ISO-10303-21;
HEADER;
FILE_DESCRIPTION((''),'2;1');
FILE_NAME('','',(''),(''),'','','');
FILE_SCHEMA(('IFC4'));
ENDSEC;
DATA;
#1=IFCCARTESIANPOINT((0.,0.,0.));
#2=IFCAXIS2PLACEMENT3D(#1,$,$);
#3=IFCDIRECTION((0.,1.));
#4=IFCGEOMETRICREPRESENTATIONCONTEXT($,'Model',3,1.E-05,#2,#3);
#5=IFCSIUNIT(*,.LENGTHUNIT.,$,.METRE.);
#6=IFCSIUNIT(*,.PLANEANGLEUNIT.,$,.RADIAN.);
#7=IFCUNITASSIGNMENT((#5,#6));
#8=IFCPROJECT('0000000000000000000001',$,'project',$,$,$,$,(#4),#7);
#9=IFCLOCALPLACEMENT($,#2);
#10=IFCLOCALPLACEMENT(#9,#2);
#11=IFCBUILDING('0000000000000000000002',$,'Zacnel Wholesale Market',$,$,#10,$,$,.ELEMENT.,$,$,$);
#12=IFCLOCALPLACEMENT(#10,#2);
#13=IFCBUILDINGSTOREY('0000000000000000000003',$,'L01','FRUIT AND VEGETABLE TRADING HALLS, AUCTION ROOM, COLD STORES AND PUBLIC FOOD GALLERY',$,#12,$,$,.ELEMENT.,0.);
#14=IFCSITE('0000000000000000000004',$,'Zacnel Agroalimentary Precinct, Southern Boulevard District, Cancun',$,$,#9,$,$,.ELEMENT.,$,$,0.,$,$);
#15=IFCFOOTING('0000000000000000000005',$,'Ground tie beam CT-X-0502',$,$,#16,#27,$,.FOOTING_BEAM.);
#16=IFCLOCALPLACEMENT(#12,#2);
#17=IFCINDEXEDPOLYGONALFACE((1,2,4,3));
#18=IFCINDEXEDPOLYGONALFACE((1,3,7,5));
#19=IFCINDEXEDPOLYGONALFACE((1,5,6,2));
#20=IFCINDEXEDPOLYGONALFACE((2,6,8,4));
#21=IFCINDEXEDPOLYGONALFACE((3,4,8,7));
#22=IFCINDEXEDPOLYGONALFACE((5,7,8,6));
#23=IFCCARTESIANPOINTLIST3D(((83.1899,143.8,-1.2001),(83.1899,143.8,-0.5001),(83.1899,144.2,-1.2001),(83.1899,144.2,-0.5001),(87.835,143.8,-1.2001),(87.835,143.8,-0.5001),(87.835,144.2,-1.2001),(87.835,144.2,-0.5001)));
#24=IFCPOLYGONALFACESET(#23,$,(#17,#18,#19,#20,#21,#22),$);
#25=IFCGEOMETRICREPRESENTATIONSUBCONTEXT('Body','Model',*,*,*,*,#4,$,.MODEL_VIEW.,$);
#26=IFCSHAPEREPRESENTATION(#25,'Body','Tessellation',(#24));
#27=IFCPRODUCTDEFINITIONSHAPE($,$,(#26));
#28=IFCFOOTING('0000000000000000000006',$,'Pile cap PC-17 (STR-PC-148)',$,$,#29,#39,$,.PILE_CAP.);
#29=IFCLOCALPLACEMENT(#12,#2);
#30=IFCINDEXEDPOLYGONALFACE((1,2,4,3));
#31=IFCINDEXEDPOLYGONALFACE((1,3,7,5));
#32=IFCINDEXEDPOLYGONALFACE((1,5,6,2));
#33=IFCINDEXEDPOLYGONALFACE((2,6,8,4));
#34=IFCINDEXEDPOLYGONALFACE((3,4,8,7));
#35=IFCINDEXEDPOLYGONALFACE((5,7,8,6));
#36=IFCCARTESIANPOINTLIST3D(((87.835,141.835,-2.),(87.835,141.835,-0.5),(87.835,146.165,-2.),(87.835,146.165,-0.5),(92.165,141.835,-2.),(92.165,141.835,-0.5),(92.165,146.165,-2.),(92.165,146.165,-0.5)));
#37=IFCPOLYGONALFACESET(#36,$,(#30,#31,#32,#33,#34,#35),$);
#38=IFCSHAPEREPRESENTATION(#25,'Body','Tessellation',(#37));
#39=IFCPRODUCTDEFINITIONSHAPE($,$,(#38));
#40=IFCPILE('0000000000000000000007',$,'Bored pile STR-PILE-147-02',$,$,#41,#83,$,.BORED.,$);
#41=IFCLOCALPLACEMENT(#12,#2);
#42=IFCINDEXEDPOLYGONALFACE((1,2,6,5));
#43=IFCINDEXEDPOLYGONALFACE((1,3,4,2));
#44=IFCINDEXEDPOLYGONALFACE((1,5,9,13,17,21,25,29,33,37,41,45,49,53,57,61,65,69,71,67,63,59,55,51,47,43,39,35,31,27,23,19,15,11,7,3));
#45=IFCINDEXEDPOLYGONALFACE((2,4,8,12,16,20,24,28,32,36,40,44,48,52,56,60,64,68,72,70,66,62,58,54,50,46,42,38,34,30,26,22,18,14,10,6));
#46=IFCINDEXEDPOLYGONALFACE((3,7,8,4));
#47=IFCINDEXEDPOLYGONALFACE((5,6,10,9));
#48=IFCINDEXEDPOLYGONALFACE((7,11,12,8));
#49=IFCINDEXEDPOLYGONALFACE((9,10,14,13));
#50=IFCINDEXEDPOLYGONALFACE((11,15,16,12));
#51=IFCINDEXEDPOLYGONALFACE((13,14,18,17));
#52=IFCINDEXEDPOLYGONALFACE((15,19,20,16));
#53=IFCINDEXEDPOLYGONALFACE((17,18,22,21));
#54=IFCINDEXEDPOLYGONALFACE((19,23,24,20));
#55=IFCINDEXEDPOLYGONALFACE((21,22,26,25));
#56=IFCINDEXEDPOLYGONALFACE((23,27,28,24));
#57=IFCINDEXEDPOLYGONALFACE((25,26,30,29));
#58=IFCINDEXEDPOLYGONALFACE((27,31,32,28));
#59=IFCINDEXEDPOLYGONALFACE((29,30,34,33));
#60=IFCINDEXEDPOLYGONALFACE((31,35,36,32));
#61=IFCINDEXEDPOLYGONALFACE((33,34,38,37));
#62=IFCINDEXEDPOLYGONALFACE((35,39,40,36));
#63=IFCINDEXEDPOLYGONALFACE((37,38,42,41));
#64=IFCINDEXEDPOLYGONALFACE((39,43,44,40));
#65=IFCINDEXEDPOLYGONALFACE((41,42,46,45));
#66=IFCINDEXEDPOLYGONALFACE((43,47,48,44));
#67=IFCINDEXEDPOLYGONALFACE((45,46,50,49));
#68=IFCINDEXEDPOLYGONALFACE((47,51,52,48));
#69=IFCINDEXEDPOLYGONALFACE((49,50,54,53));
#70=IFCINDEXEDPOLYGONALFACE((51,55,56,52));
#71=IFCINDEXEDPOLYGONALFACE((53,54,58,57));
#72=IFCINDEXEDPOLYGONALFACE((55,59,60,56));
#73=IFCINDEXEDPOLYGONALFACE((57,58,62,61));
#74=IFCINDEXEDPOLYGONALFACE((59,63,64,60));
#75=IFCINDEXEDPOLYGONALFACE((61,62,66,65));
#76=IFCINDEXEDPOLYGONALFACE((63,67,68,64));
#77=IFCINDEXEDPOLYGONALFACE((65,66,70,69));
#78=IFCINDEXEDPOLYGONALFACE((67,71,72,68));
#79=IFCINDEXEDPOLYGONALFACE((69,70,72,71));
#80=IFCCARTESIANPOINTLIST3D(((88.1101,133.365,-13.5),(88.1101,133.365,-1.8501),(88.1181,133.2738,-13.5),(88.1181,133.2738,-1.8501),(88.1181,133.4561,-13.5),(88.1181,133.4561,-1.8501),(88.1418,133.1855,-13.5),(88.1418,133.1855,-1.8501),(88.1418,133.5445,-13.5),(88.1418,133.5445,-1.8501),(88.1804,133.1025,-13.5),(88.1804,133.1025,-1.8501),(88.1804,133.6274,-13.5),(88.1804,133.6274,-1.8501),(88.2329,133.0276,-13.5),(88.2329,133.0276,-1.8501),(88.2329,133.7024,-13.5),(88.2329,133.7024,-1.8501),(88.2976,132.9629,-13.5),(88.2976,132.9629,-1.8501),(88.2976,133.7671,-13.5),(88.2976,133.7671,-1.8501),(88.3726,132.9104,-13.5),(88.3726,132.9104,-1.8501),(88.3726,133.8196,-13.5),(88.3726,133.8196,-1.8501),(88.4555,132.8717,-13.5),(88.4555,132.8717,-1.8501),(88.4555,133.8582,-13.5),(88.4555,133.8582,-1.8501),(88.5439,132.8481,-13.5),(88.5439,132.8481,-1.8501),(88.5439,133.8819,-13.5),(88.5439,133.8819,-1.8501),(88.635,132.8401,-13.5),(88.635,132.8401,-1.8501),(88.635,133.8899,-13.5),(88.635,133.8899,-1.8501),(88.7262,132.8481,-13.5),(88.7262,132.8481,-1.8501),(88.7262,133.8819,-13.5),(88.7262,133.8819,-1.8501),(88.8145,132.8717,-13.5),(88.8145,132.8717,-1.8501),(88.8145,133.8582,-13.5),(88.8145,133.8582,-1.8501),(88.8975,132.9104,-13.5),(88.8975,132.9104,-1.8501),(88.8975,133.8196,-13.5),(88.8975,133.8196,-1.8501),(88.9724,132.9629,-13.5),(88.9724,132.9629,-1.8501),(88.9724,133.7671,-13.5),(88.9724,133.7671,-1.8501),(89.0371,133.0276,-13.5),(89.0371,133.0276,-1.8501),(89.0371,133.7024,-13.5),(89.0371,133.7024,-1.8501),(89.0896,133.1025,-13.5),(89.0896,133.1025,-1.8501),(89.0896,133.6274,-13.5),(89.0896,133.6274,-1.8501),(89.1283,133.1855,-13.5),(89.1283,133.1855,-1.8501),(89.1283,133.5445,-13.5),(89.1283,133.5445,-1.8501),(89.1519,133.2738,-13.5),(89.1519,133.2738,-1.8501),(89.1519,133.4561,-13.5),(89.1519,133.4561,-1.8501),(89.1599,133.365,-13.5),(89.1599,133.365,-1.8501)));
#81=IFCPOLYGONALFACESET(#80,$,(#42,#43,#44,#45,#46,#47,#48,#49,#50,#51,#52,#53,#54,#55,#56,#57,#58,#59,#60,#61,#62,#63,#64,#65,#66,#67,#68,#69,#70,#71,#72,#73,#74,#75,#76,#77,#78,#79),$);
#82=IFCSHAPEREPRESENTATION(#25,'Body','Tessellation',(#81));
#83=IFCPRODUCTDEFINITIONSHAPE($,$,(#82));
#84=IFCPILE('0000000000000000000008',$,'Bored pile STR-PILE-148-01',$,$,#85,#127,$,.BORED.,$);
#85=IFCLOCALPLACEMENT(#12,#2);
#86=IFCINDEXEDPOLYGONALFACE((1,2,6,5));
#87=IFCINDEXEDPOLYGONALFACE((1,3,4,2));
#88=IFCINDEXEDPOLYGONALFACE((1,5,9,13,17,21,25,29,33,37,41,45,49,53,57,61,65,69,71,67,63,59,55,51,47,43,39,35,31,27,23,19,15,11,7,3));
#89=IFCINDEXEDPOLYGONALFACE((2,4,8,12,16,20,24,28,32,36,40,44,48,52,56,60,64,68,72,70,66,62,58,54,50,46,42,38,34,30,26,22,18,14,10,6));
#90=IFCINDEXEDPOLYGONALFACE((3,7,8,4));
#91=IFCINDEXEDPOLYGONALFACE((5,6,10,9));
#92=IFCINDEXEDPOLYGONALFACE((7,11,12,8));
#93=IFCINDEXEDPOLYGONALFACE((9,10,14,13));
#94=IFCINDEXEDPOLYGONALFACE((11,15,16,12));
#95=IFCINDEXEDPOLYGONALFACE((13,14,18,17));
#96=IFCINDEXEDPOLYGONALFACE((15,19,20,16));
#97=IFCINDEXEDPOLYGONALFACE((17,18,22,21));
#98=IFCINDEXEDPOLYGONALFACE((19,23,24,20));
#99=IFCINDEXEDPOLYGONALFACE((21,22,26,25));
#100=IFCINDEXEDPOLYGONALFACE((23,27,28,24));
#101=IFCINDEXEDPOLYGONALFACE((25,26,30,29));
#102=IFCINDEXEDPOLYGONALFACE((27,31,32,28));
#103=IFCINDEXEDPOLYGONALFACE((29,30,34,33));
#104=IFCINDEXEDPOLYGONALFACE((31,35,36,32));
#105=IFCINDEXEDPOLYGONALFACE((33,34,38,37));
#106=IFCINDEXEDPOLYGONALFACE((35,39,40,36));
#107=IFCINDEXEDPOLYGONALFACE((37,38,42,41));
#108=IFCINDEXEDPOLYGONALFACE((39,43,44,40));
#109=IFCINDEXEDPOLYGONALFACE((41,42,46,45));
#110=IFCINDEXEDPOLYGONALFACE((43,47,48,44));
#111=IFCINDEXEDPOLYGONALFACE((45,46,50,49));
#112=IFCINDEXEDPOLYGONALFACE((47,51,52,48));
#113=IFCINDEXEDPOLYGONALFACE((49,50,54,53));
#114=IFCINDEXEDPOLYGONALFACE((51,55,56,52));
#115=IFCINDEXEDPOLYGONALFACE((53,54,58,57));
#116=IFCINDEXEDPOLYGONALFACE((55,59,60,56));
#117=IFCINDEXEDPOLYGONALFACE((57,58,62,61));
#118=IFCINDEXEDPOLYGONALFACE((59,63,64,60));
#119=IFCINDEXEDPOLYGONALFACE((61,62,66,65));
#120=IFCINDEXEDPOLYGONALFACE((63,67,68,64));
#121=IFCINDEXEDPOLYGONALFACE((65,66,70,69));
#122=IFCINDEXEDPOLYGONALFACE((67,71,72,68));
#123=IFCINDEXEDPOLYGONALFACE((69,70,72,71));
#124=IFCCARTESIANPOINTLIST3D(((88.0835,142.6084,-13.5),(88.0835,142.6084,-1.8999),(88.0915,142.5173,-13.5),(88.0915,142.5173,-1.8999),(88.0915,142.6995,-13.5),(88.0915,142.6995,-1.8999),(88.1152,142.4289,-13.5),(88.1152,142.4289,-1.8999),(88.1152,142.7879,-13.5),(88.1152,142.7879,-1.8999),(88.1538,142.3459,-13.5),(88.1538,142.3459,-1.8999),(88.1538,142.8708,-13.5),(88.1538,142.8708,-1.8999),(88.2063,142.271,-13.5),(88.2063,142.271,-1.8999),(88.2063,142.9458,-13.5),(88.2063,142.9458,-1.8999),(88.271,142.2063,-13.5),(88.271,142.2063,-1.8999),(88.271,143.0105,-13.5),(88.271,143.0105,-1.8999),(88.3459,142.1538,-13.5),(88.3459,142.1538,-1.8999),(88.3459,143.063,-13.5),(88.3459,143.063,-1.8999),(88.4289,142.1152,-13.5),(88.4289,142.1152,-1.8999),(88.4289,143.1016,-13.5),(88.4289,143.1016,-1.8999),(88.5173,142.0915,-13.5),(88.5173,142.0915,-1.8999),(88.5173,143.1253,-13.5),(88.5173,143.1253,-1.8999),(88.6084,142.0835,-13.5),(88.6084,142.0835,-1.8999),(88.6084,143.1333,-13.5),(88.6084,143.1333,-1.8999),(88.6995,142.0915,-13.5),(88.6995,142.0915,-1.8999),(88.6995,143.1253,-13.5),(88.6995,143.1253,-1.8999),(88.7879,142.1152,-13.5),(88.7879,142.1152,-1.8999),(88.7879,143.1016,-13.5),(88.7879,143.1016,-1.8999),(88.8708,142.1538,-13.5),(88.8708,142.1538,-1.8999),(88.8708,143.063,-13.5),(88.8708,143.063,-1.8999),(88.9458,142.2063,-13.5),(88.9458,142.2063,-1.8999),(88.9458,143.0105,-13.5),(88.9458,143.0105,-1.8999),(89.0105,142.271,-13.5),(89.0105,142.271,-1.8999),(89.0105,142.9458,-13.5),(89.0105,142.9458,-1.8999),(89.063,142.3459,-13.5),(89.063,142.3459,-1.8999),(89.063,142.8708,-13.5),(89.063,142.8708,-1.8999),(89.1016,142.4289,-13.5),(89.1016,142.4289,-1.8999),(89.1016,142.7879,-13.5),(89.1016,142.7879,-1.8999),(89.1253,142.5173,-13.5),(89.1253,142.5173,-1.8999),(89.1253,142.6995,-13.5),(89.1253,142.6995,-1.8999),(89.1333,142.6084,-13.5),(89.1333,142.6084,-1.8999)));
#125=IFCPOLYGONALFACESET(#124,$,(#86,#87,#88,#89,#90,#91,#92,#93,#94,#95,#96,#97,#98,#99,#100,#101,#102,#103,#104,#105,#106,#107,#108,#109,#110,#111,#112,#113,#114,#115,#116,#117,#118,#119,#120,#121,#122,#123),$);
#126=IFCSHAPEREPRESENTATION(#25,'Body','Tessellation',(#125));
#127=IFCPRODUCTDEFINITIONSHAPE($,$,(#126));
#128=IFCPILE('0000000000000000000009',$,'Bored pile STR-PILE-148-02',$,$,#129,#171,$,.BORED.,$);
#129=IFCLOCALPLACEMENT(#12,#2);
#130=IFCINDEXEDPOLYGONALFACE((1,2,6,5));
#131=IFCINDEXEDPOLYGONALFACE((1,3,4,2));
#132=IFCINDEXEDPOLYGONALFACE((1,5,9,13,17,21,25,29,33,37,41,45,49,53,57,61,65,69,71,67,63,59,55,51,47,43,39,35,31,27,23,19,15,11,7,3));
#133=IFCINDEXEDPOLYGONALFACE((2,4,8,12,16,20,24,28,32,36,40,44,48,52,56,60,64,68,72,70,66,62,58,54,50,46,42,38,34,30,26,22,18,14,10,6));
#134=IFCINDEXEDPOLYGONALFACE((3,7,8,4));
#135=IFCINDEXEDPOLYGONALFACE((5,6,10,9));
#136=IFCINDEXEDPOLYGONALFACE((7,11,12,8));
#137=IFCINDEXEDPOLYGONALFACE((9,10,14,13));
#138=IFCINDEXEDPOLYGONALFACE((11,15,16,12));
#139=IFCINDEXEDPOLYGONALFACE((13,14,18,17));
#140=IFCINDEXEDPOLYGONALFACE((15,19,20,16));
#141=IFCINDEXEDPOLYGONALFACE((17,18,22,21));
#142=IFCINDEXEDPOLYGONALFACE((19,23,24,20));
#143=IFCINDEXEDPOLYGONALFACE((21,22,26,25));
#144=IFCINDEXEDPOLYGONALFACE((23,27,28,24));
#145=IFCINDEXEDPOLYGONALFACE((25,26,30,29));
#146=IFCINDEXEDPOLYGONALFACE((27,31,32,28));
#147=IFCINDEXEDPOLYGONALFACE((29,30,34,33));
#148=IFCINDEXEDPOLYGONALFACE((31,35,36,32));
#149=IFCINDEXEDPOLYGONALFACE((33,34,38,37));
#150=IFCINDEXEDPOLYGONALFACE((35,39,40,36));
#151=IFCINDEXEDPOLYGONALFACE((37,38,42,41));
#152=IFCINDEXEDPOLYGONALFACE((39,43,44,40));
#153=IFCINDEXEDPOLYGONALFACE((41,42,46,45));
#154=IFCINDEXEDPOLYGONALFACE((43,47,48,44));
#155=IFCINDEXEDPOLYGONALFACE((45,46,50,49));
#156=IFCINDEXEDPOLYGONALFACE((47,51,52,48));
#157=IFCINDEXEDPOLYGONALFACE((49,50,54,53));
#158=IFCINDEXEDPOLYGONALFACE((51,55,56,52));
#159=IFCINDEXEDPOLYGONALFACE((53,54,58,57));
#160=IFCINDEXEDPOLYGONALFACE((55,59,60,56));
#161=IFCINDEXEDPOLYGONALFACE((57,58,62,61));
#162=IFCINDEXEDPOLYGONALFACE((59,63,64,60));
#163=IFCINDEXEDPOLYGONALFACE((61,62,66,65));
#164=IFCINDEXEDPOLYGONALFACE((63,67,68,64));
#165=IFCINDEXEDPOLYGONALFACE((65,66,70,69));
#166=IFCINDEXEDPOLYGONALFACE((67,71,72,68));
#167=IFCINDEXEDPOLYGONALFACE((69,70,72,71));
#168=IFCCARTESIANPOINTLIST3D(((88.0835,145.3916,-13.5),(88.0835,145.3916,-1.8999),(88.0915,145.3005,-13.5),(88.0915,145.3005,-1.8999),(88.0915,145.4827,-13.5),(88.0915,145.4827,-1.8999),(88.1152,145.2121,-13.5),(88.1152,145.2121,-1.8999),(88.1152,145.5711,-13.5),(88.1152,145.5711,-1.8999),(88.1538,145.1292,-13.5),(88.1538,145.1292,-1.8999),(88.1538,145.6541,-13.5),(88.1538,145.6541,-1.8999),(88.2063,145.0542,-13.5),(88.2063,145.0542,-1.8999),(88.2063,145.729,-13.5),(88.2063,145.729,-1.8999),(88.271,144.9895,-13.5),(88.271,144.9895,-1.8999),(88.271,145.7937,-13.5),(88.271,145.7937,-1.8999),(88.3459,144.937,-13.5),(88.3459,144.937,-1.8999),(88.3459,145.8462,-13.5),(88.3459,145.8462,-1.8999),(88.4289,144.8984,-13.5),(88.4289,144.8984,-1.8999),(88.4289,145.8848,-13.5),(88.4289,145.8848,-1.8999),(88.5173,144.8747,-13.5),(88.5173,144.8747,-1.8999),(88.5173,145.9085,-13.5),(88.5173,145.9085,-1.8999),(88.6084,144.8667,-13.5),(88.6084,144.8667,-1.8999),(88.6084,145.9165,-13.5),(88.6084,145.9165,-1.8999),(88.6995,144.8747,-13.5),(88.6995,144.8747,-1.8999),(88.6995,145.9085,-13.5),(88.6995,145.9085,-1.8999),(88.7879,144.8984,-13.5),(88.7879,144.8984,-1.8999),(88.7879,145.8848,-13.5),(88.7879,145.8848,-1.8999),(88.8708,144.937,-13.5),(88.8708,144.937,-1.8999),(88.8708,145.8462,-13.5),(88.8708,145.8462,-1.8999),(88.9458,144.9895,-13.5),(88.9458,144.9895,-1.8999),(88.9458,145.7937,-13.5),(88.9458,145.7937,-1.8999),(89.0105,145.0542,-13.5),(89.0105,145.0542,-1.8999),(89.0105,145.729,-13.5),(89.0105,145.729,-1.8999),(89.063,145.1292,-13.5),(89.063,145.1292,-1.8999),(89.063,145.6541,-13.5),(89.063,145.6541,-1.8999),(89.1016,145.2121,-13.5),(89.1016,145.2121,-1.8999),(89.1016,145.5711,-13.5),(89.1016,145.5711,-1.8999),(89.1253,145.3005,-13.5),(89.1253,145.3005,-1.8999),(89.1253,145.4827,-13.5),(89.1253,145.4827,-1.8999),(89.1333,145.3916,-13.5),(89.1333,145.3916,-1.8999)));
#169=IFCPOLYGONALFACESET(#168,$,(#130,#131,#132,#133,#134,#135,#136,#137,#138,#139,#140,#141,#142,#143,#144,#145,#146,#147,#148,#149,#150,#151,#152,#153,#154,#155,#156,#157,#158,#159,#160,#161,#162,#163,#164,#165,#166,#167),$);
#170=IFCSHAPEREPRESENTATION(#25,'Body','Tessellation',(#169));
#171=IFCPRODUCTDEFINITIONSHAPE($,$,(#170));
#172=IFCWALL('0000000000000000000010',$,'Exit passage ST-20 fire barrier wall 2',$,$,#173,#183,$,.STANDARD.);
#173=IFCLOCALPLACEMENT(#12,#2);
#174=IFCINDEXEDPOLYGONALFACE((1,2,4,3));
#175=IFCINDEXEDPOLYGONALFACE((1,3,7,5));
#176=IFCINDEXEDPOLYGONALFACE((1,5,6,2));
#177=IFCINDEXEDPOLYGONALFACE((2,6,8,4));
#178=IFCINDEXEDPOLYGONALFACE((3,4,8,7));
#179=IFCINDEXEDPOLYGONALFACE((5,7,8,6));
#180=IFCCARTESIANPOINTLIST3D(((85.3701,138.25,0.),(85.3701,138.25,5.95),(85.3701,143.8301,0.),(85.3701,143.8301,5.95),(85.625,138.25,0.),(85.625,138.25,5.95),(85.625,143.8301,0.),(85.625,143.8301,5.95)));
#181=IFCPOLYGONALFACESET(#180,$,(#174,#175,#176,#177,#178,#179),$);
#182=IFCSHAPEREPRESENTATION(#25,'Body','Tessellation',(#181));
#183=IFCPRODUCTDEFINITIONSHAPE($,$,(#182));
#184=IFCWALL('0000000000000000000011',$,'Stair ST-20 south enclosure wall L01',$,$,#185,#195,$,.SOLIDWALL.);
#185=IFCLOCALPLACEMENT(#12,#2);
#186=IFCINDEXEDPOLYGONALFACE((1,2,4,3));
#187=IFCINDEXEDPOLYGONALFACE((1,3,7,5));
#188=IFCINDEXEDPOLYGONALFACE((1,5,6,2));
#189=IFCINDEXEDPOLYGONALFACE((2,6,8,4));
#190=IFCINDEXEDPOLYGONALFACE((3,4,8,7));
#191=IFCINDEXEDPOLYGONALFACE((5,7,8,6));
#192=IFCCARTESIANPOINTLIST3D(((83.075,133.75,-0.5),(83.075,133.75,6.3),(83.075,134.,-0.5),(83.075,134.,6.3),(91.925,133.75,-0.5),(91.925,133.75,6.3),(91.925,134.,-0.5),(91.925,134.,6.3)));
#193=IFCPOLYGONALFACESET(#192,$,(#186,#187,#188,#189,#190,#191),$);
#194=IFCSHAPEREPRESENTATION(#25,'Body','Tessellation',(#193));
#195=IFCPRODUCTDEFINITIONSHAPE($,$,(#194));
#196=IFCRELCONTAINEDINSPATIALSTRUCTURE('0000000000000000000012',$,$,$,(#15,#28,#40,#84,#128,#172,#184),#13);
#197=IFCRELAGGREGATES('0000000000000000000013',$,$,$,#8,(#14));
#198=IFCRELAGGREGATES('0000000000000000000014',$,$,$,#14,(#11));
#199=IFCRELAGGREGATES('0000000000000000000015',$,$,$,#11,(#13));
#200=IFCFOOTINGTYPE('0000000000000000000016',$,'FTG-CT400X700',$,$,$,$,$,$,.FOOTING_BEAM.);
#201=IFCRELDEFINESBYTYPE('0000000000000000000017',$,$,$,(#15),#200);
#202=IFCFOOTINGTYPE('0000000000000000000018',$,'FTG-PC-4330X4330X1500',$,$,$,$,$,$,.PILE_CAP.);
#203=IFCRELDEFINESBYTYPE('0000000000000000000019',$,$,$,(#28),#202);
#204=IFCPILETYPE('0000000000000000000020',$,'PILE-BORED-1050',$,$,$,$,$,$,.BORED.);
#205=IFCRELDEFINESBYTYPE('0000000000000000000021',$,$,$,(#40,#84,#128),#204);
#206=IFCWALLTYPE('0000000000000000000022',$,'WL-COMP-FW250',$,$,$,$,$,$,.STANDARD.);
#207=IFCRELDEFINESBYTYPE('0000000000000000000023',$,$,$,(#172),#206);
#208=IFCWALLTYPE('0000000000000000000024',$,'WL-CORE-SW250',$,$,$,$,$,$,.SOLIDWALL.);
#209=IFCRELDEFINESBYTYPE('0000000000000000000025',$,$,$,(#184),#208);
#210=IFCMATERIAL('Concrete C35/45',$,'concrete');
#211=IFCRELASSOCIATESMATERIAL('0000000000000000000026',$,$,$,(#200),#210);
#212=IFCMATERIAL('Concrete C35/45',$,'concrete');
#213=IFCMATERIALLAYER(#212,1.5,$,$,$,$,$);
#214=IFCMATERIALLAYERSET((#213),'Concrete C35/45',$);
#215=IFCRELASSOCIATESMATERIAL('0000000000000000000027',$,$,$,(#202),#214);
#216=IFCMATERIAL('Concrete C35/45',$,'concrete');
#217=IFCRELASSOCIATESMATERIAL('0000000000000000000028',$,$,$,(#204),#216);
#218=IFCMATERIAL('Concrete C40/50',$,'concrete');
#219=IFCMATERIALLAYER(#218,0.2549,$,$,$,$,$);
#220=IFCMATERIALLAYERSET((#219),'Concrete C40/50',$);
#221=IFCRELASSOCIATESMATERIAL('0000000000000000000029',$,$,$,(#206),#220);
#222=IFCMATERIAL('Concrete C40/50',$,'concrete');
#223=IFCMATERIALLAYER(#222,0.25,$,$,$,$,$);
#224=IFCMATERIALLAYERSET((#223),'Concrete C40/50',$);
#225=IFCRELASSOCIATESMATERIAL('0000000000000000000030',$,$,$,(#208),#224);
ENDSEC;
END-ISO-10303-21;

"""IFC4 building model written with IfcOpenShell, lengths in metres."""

from ifc_helpers import new_model, si_unit, direction, frame, frame_2d, origin, origin_2d, place, context, subcontext, project, spatial, rectangle, circle, extrude, material, layer, layer_set, material_profile, profile_set, type_object, element, save


model = new_model("IFC4")

# Units and contexts
model_context = context("Model", 3, precision=1e-05, world=origin(), true_north=direction((0.0, 1.0)))
body_context = subcontext(model_context, "Body", "Model", "MODEL_VIEW")
ifc_project = project(units=[si_unit("LENGTHUNIT", "METRE"), si_unit("PLANEANGLEUNIT", "RADIAN")], contexts=[model_context])

# Site, building, storey
site_placement = place(None, origin())
site = spatial("IfcSite", under=ifc_project, at=site_placement, Name="Zacnel Agroalimentary Precinct, Southern Boulevard District, Cancun", CompositionType="ELEMENT", RefElevation=0.0)
building_placement = place(site_placement, origin())
building = spatial("IfcBuilding", under=site, at=building_placement, Name="Zacnel Wholesale Market", CompositionType="ELEMENT")
storey_placement = place(building_placement, origin())
storey = spatial("IfcBuildingStorey", under=building, at=storey_placement, Name="L01", Description="FRUIT AND VEGETABLE TRADING HALLS, AUCTION ROOM, COLD STORES AND PUBLIC FOOD GALLERY", CompositionType="ELEMENT", Elevation=0.0)

# Footings
ifc_material_1 = material(Name="Concrete C35/45", Category="concrete")
ifc_material_profile_1 = material_profile(ifc_material_1, rectangle(XDim=0.3999, YDim=0.7, at=origin_2d()), Name="CT 400x700")
ifc_profile_set_1 = profile_set([ifc_material_profile_1], Name="Concrete C35/45")
footing_type_1 = type_object("IfcFootingType", Name="FTG-CT400X700", PredefinedType="FOOTING_BEAM", material=ifc_profile_set_1)
footing_1_placement = place(storey_placement, frame((83.1899, 144.0, -0.8501), z_axis=(1.0, 0.0, 0.0), x_axis=(0.0, 1.0, 0.0)))
element("IfcFooting", 1, at=footing_1_placement, inside=storey, type_object=footing_type_1, Name="Ground tie beam CT-X-0502", PredefinedType="FOOTING_BEAM", context=body_context, shape_type="SweptSolid", body=[
    extrude(rectangle(XDim=0.3999, YDim=0.7, at=origin_2d()), origin(), (0.0, 0.0, 1.0), 4.645),
])
ifc_material_2 = material(Name="Concrete C35/45", Category="concrete")
ifc_layer_1 = layer(ifc_material_2, 1.5)
ifc_layer_set_1 = layer_set([ifc_layer_1], Name="Concrete C35/45")
footing_type_2 = type_object("IfcFootingType", Name="FTG-PC-4330X4330X1500", PredefinedType="PILE_CAP", material=ifc_layer_set_1)
footing_2_placement = place(storey_placement, frame((90.0, 144.0, -2.0), z_axis=(0.0, 0.0, 1.0), x_axis=(1.0, 0.0, 0.0)))
element("IfcFooting", 2, at=footing_2_placement, inside=storey, type_object=footing_type_2, Name="Pile cap PC-17 (STR-PC-148)", PredefinedType="PILE_CAP", context=body_context, shape_type="SweptSolid", body=[
    extrude(rectangle(XDim=4.3301, YDim=4.3301, at=origin_2d()), origin(), (0.0, 0.0, 1.0), 1.5),
])

# Piles
ifc_material_3 = material(Name="Concrete C35/45", Category="concrete")
ifc_material_profile_2 = material_profile(ifc_material_3, circle(Radius=0.5249, at=origin_2d()), Name="BORED PILE D1050")
ifc_profile_set_2 = profile_set([ifc_material_profile_2], Name="Concrete C35/45")
pile_type = type_object("IfcPileType", Name="PILE-BORED-1050", PredefinedType="BORED", material=ifc_profile_set_2)
pile_placement = place(storey_placement, frame((88.635, 133.365, -1.8501), z_axis=(0.0, 0.0, -1.0), x_axis=(1.0, 0.0, 0.0)))
element("IfcPile", 3, at=pile_placement, inside=storey, type_object=pile_type, Name="Bored pile STR-PILE-147-02", PredefinedType="BORED", context=body_context, shape_type="SweptSolid", body=[
    extrude(circle(Radius=0.5249, at=origin_2d()), origin(), (0.0, 0.0, 1.0), 11.6499),
])
for number, where, z_axis, x_axis, name in (
    (4, (88.6084, 142.6084, -1.8999), (0.0, 0.0, -1.0), (1.0, 0.0, 0.0), "Bored pile STR-PILE-148-01"),
    (5, (88.6084, 145.3916, -1.8999), (0.0, 0.0, -1.0), (1.0, 0.0, 0.0), "Bored pile STR-PILE-148-02"),
):
    element("IfcPile", number, at=place(storey_placement, frame(where, z_axis=z_axis, x_axis=x_axis)), inside=storey, type_object=pile_type, Name=name, PredefinedType="BORED", context=body_context, shape_type="SweptSolid", body=[
        extrude(circle(Radius=0.5249, at=origin_2d()), origin(), (0.0, 0.0, 1.0), 11.6001),
    ])

# Walls
ifc_material_4 = material(Name="Concrete C40/50", Category="concrete")
ifc_layer_2 = layer(ifc_material_4, 0.2549)
ifc_layer_set_2 = layer_set([ifc_layer_2], Name="Concrete C40/50")
wall_type_1 = type_object("IfcWallType", Name="WL-COMP-FW250", PredefinedType="STANDARD", material=ifc_layer_set_2)
wall_1_placement = place(storey_placement, frame((85.4976, 138.25, 0.0), z_axis=(0.0, 0.0, 1.0), x_axis=(0.0, 1.0, 0.0)))
element("IfcWall", 6, at=wall_1_placement, inside=storey, type_object=wall_type_1, Name="Exit passage ST-20 fire barrier wall 2", PredefinedType="STANDARD", context=body_context, shape_type="SweptSolid", body=[
    extrude(rectangle(XDim=5.5801, YDim=0.2549, at=frame_2d((2.79, 0.0))), origin(), (0.0, 0.0, 1.0), 5.95),
])
ifc_material_5 = material(Name="Concrete C40/50", Category="concrete")
ifc_layer_3 = layer(ifc_material_5, 0.25)
ifc_layer_set_3 = layer_set([ifc_layer_3], Name="Concrete C40/50")
wall_type_2 = type_object("IfcWallType", Name="WL-CORE-SW250", PredefinedType="SOLIDWALL", material=ifc_layer_set_3)
wall_2_placement = place(storey_placement, frame((83.075, 133.875, -0.5), z_axis=(0.0, 0.0, 1.0), x_axis=(1.0, 0.0, 0.0)))
element("IfcWall", 7, at=wall_2_placement, inside=storey, type_object=wall_type_2, Name="Stair ST-20 south enclosure wall L01", PredefinedType="SOLIDWALL", context=body_context, shape_type="SweptSolid", body=[
    extrude(rectangle(XDim=8.8501, YDim=0.25, at=frame_2d((4.425, 0.0))), origin(), (0.0, 0.0, 1.0), 6.8),
])

save(model, "model.ifc")
